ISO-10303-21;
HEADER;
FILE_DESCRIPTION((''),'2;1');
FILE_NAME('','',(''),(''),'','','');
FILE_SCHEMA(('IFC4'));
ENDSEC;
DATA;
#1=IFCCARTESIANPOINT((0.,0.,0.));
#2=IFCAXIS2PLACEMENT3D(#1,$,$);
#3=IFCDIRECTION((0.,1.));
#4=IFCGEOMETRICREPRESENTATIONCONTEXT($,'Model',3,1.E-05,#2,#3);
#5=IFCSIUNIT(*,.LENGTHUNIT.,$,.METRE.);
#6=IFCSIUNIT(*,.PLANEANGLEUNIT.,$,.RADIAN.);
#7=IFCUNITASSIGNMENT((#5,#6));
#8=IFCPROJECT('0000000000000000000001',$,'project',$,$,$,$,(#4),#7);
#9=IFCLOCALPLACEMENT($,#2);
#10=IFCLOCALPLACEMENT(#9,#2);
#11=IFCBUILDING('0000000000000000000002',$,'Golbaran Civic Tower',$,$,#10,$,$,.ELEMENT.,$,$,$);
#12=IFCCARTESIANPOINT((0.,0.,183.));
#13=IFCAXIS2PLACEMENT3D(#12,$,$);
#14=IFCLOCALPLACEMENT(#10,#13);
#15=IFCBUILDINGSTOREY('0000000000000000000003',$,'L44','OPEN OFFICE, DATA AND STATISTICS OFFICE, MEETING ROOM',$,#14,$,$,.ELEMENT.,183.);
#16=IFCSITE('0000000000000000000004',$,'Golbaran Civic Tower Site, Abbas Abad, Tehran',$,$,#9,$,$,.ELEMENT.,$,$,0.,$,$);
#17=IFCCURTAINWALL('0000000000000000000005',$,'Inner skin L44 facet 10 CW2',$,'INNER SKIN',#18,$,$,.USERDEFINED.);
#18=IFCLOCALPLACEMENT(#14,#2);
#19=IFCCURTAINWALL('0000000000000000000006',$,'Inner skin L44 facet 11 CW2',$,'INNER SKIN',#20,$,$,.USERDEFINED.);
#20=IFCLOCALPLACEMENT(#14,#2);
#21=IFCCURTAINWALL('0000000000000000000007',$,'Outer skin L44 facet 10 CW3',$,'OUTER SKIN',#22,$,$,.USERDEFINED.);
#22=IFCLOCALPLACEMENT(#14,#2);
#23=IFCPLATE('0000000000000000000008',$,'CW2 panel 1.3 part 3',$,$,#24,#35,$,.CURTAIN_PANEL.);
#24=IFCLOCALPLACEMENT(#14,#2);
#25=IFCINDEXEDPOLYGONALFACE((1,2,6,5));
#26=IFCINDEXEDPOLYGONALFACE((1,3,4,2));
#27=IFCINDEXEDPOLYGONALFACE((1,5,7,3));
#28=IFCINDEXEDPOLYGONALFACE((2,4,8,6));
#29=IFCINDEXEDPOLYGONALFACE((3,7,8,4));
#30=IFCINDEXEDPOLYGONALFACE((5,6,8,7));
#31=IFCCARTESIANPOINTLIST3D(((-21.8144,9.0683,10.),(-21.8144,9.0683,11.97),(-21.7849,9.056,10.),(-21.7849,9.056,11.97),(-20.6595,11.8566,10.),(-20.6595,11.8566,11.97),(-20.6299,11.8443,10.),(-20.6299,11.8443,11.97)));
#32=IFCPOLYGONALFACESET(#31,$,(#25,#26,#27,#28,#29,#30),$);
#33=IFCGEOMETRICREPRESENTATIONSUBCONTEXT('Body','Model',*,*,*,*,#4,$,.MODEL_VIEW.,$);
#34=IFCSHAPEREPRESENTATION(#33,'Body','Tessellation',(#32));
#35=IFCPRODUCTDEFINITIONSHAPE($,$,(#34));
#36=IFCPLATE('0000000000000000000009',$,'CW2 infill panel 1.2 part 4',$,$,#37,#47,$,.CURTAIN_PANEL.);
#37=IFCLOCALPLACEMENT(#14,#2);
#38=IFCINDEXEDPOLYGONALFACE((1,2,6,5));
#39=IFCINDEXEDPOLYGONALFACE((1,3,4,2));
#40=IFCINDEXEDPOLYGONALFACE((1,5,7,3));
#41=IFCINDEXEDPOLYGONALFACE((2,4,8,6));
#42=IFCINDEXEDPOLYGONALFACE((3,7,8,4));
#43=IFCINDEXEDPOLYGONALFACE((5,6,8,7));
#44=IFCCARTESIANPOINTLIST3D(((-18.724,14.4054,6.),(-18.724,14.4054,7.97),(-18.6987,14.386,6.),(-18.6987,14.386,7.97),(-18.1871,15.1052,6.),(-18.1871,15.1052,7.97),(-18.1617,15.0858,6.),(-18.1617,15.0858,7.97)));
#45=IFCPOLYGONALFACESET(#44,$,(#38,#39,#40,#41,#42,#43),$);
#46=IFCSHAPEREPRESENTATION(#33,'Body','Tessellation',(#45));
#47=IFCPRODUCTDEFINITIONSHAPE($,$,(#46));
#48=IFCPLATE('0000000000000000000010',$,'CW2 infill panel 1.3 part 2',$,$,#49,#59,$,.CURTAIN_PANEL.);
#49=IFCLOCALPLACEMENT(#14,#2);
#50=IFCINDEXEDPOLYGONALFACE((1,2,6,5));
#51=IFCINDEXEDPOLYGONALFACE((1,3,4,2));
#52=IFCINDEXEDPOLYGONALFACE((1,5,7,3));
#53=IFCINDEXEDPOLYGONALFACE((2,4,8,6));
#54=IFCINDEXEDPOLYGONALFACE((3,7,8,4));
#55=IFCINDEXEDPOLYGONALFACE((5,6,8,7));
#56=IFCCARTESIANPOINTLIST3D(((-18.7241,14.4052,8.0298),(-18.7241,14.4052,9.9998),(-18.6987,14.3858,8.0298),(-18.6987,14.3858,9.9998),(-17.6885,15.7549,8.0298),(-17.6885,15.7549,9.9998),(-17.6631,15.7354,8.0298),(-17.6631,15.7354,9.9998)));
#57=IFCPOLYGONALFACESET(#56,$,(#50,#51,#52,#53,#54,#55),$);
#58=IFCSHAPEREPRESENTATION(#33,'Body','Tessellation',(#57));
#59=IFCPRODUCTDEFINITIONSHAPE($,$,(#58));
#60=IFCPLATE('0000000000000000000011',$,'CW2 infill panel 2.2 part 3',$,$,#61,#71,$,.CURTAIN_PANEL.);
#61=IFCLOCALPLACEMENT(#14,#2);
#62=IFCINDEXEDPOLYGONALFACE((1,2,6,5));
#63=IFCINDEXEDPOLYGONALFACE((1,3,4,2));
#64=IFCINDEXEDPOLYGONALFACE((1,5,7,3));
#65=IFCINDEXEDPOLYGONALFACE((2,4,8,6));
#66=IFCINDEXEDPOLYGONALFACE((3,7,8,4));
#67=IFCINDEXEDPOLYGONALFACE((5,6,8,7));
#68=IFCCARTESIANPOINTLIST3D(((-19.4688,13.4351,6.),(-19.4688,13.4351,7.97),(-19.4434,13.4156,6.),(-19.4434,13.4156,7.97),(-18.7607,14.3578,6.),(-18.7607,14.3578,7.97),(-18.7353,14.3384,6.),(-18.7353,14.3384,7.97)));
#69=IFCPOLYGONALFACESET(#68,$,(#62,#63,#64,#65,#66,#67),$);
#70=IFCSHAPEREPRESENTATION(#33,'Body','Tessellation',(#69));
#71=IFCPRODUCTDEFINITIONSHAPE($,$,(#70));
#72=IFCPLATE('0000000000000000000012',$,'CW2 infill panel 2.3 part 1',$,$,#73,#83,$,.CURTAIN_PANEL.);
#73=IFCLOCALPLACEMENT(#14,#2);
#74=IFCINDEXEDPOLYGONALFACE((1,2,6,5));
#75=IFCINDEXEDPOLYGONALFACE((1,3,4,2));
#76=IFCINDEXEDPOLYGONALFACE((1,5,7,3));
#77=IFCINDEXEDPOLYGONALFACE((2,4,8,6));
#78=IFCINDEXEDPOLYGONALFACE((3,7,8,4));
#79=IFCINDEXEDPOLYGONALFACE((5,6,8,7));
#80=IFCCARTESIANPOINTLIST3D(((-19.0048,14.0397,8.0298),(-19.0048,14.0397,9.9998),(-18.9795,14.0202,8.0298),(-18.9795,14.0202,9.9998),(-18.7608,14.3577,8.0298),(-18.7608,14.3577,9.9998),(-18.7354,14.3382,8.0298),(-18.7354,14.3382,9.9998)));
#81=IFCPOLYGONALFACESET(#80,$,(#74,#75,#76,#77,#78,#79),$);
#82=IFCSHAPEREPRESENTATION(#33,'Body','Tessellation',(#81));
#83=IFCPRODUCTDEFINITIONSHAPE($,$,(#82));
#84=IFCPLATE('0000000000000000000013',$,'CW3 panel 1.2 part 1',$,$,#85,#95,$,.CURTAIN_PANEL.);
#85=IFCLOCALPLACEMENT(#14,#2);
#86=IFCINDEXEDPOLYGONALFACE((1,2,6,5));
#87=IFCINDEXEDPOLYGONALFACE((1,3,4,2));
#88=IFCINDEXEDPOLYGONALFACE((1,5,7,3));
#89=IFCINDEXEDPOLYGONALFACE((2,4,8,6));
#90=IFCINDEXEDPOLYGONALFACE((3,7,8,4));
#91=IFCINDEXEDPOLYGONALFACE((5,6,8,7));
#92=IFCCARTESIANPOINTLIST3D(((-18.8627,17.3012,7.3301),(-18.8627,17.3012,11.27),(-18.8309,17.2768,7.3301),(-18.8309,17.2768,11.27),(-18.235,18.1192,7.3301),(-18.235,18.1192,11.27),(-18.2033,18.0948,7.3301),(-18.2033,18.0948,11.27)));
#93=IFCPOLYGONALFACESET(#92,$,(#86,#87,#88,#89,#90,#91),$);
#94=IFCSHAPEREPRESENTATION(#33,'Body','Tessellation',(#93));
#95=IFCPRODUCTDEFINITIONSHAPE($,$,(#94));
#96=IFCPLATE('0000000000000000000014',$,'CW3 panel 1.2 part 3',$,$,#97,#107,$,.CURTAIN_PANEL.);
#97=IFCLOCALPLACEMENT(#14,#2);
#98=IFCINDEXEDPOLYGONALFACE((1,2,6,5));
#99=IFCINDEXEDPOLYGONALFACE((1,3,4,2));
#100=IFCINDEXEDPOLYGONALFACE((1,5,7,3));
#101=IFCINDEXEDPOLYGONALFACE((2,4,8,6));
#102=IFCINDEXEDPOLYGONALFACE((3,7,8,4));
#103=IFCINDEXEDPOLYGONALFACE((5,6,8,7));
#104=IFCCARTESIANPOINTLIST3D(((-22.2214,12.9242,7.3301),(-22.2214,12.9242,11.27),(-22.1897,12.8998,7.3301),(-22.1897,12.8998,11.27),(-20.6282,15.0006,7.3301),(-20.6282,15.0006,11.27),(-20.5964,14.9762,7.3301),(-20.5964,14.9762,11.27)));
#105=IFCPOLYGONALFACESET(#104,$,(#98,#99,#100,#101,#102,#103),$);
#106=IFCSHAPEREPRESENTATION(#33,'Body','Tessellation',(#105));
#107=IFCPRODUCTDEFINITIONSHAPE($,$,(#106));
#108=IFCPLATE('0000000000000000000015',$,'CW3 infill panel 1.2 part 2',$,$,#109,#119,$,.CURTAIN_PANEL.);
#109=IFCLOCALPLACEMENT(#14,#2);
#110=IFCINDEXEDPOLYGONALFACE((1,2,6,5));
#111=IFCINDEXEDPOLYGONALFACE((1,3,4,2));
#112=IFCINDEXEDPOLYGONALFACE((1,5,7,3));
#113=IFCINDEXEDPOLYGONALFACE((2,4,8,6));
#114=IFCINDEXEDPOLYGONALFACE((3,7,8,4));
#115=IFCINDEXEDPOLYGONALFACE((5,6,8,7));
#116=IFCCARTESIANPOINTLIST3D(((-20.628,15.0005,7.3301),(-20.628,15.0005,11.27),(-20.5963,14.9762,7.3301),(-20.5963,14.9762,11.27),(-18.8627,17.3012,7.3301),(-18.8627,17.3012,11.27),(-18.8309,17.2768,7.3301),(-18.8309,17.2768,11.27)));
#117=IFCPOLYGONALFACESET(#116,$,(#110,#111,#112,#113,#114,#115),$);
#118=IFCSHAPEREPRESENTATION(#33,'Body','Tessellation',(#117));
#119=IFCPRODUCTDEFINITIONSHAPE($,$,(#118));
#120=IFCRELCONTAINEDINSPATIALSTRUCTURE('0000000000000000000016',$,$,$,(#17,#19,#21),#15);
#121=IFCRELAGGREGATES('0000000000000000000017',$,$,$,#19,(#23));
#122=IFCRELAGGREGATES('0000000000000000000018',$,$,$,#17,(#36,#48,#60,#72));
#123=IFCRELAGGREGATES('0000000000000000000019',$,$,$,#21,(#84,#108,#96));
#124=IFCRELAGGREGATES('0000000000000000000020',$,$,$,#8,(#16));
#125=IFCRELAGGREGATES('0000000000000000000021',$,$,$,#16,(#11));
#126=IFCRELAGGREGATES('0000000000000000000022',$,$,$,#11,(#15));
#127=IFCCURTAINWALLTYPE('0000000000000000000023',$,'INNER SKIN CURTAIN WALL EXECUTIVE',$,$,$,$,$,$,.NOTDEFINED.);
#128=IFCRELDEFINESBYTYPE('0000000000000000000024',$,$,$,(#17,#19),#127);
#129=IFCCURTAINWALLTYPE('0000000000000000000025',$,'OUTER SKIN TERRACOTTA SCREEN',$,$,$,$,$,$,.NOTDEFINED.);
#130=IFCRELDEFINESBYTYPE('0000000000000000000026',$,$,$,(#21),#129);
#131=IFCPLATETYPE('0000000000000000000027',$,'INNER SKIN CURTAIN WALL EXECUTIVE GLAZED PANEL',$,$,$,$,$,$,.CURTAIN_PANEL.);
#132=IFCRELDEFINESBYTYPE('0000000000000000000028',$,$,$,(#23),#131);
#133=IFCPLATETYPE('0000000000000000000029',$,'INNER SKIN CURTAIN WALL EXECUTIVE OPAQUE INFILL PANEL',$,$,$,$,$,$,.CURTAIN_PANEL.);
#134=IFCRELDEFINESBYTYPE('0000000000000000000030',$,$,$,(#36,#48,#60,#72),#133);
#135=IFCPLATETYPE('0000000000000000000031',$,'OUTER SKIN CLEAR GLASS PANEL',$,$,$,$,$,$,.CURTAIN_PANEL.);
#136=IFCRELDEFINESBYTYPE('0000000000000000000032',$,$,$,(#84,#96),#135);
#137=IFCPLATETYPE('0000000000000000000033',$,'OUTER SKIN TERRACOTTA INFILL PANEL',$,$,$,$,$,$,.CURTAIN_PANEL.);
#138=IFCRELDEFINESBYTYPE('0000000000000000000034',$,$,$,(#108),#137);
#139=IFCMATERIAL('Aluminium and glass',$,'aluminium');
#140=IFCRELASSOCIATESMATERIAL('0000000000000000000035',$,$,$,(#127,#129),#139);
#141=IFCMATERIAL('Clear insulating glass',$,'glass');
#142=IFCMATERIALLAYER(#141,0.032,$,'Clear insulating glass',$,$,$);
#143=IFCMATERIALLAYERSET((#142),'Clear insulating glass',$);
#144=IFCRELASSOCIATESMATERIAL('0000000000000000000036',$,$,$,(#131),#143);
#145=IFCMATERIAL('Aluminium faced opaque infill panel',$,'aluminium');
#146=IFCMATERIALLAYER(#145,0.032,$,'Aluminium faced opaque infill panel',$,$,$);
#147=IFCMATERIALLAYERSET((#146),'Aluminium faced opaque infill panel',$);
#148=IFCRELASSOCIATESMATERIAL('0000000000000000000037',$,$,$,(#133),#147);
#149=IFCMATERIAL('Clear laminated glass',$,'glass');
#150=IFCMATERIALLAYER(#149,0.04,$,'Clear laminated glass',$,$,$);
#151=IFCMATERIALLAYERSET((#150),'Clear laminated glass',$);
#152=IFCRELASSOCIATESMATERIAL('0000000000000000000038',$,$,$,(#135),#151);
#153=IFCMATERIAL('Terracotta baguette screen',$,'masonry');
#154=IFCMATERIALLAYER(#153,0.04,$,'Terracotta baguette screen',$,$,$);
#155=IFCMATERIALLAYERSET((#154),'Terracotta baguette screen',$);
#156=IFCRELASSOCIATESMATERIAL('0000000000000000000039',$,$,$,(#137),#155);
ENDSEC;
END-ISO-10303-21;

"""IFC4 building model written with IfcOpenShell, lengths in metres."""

from ifc_helpers import new_model, si_unit, direction, frame, origin, origin_2d, place, context, subcontext, project, spatial, rectangle, extrude, material, layer, layer_set, type_object, element, aggregate, save


model = new_model("IFC4")

# Units and contexts
model_context = context("Model", 3, precision=1e-05, world=origin(), true_north=direction((0.0, 1.0)))
body_context = subcontext(model_context, "Body", "Model", "MODEL_VIEW")
ifc_project = project(units=[si_unit("LENGTHUNIT", "METRE"), si_unit("PLANEANGLEUNIT", "RADIAN")], contexts=[model_context])

# Site, building, storey
site_placement = place(None, origin())
site = spatial("IfcSite", under=ifc_project, at=site_placement, Name="Golbaran Civic Tower Site, Abbas Abad, Tehran", CompositionType="ELEMENT", RefElevation=0.0)
building_placement = place(site_placement, origin())
building = spatial("IfcBuilding", under=site, at=building_placement, Name="Golbaran Civic Tower", CompositionType="ELEMENT")
storey_placement = place(building_placement, frame((0.0, 0.0, 183.0)))
storey = spatial("IfcBuildingStorey", under=building, at=storey_placement, Name="L44", Description="OPEN OFFICE, DATA AND STATISTICS OFFICE, MEETING ROOM", CompositionType="ELEMENT", Elevation=183.0)

# Curtain wall
ifc_material_1 = material(Name="Aluminium and glass", Category="aluminium")
curtain_wall_type_1 = type_object("IfcCurtainWallType", Name="INNER SKIN CURTAIN WALL EXECUTIVE", PredefinedType="NOTDEFINED", material=ifc_material_1)
curtain_wall_1_placement = place(storey_placement, origin())
curtain_wall_1 = element("IfcCurtainWall", 1, at=curtain_wall_1_placement, inside=storey, type_object=curtain_wall_type_1, Name="Inner skin L44 facet 10 CW2", ObjectType="INNER SKIN", PredefinedType="USERDEFINED")

# Curtain walls
curtain_wall_2_placement = place(storey_placement, origin())
curtain_wall_2 = element("IfcCurtainWall", 2, at=curtain_wall_2_placement, inside=storey, type_object=curtain_wall_type_1, Name="Inner skin L44 facet 11 CW2", ObjectType="INNER SKIN", PredefinedType="USERDEFINED")
curtain_wall_type_2 = type_object("IfcCurtainWallType", Name="OUTER SKIN TERRACOTTA SCREEN", PredefinedType="NOTDEFINED", material=ifc_material_1)
curtain_wall_3_placement = place(storey_placement, origin())
curtain_wall_3 = element("IfcCurtainWall", 3, at=curtain_wall_3_placement, inside=storey, type_object=curtain_wall_type_2, Name="Outer skin L44 facet 10 CW3", ObjectType="OUTER SKIN", PredefinedType="USERDEFINED")

# Shared definitions
ifc_material_2 = material(Name="Clear insulating glass", Category="glass")
ifc_layer_1 = layer(ifc_material_2, 0.032, Name="Clear insulating glass")
ifc_layer_set_1 = layer_set([ifc_layer_1], Name="Clear insulating glass")
plate_type_1 = type_object("IfcPlateType", Name="INNER SKIN CURTAIN WALL EXECUTIVE GLAZED PANEL", PredefinedType="CURTAIN_PANEL", material=ifc_layer_set_1)

# Plates
plate_1_placement = place(storey_placement, frame((-21.2222, 10.4563, 10.0), z_axis=(0.0, 0.0, 1.0), x_axis=(-0.382683, -0.92388, 0.0)))
plate_1 = element("IfcPlate", 4, at=plate_1_placement, type_object=plate_type_1, Name="CW2 panel 1.3 part 3", PredefinedType="CURTAIN_PANEL", context=body_context, shape_type="SweptSolid", body=[
    extrude(rectangle(XDim=3.0181, YDim=0.032, at=origin_2d()), origin(), (0.0, 0.0, 1.0), 1.97),
])
aggregate(curtain_wall_2, [plate_1])
ifc_material_3 = material(Name="Aluminium faced opaque infill panel", Category="aluminium")
ifc_layer_2 = layer(ifc_material_3, 0.032, Name="Aluminium faced opaque infill panel")
ifc_layer_set_2 = layer_set([ifc_layer_2], Name="Aluminium faced opaque infill panel")
plate_type_2 = type_object("IfcPlateType", Name="INNER SKIN CURTAIN WALL EXECUTIVE OPAQUE INFILL PANEL", PredefinedType="CURTAIN_PANEL", material=ifc_layer_set_2)
plate_2_placement = place(storey_placement, frame((-18.4429, 14.7456, 6.0), z_axis=(0.0, 0.0, 1.0), x_axis=(-0.608761, -0.793353, 0.0)))
plate_2 = element("IfcPlate", 5, at=plate_2_placement, type_object=plate_type_2, Name="CW2 infill panel 1.2 part 4", PredefinedType="CURTAIN_PANEL", context=body_context, shape_type="SweptSolid", body=[
    extrude(rectangle(XDim=0.8821, YDim=0.032, at=origin_2d()), origin(), (0.0, 0.0, 1.0), 1.97),
])
plate_3_placement = place(storey_placement, frame((-18.1936, 15.0703, 8.0298), z_axis=(0.0, 0.0, 1.0), x_axis=(-0.608761, -0.793353, 0.0)))
plate_3 = element("IfcPlate", 6, at=plate_3_placement, type_object=plate_type_2, Name="CW2 infill panel 1.3 part 2", PredefinedType="CURTAIN_PANEL", context=body_context, shape_type="SweptSolid", body=[
    extrude(rectangle(XDim=1.7012, YDim=0.032, at=origin_2d()), origin(), (0.0, 0.0, 1.0), 1.97),
])
plate_4_placement = place(storey_placement, frame((-19.1021, 13.8867, 6.0), z_axis=(0.0, 0.0, 1.0), x_axis=(-0.608761, -0.793353, 0.0)))
plate_4 = element("IfcPlate", 7, at=plate_4_placement, type_object=plate_type_2, Name="CW2 infill panel 2.2 part 3", PredefinedType="CURTAIN_PANEL", context=body_context, shape_type="SweptSolid", body=[
    extrude(rectangle(XDim=1.1631, YDim=0.032, at=origin_2d()), origin(), (0.0, 0.0, 1.0), 1.97),
])
plate_5_placement = place(storey_placement, frame((-18.8701, 14.189, 8.0298), z_axis=(0.0, 0.0, 1.0), x_axis=(-0.608761, -0.793353, 0.0)))
plate_5 = element("IfcPlate", 8, at=plate_5_placement, type_object=plate_type_2, Name="CW2 infill panel 2.3 part 1", PredefinedType="CURTAIN_PANEL", context=body_context, shape_type="SweptSolid", body=[
    extrude(rectangle(XDim=0.4009, YDim=0.032, at=origin_2d()), origin(), (0.0, 0.0, 1.0), 1.97),
])
aggregate(curtain_wall_1, [plate_2, plate_3, plate_4, plate_5])
ifc_material_4 = material(Name="Clear laminated glass", Category="glass")
ifc_layer_3 = layer(ifc_material_4, 0.04, Name="Clear laminated glass")
ifc_layer_set_3 = layer_set([ifc_layer_3], Name="Clear laminated glass")
plate_type_3 = type_object("IfcPlateType", Name="OUTER SKIN CLEAR GLASS PANEL", PredefinedType="CURTAIN_PANEL", material=ifc_layer_set_3)
plate_6_placement = place(storey_placement, frame((-18.533, 17.698, 7.3301), z_axis=(0.0, 0.0, 1.0), x_axis=(-0.608761, -0.793353, 0.0)))
plate_6 = element("IfcPlate", 9, at=plate_6_placement, type_object=plate_type_3, Name="CW3 panel 1.2 part 1", PredefinedType="CURTAIN_PANEL", context=body_context, shape_type="SweptSolid", body=[
    extrude(rectangle(XDim=1.031, YDim=0.04, at=origin_2d()), origin(), (0.0, 0.0, 1.0), 3.9399),
])
plate_7_placement = place(storey_placement, frame((-21.4089, 13.9502, 7.3301), z_axis=(0.0, 0.0, 1.0), x_axis=(-0.608761, -0.793353, 0.0)))
plate_7 = element("IfcPlate", 10, at=plate_7_placement, type_object=plate_type_3, Name="CW3 panel 1.2 part 3", PredefinedType="CURTAIN_PANEL", context=body_context, shape_type="SweptSolid", body=[
    extrude(rectangle(XDim=2.6172, YDim=0.04, at=origin_2d()), origin(), (0.0, 0.0, 1.0), 3.9399),
])
ifc_material_5 = material(Name="Terracotta baguette screen", Category="masonry")
ifc_layer_4 = layer(ifc_material_5, 0.04, Name="Terracotta baguette screen")
ifc_layer_set_4 = layer_set([ifc_layer_4], Name="Terracotta baguette screen")
plate_type_4 = type_object("IfcPlateType", Name="OUTER SKIN TERRACOTTA INFILL PANEL", PredefinedType="CURTAIN_PANEL", material=ifc_layer_set_4)
plate_8_placement = place(storey_placement, frame((-19.7295, 16.1387, 7.3301), z_axis=(0.0, 0.0, 1.0), x_axis=(-0.608761, -0.793353, 0.0)))
plate_8 = element("IfcPlate", 11, at=plate_8_placement, type_object=plate_type_4, Name="CW3 infill panel 1.2 part 2", PredefinedType="CURTAIN_PANEL", context=body_context, shape_type="SweptSolid", body=[
    extrude(rectangle(XDim=2.8999, YDim=0.04, at=origin_2d()), origin(), (0.0, 0.0, 1.0), 3.9399),
])
aggregate(curtain_wall_3, [plate_6, plate_8, plate_7])

save(model, "model.ifc")
